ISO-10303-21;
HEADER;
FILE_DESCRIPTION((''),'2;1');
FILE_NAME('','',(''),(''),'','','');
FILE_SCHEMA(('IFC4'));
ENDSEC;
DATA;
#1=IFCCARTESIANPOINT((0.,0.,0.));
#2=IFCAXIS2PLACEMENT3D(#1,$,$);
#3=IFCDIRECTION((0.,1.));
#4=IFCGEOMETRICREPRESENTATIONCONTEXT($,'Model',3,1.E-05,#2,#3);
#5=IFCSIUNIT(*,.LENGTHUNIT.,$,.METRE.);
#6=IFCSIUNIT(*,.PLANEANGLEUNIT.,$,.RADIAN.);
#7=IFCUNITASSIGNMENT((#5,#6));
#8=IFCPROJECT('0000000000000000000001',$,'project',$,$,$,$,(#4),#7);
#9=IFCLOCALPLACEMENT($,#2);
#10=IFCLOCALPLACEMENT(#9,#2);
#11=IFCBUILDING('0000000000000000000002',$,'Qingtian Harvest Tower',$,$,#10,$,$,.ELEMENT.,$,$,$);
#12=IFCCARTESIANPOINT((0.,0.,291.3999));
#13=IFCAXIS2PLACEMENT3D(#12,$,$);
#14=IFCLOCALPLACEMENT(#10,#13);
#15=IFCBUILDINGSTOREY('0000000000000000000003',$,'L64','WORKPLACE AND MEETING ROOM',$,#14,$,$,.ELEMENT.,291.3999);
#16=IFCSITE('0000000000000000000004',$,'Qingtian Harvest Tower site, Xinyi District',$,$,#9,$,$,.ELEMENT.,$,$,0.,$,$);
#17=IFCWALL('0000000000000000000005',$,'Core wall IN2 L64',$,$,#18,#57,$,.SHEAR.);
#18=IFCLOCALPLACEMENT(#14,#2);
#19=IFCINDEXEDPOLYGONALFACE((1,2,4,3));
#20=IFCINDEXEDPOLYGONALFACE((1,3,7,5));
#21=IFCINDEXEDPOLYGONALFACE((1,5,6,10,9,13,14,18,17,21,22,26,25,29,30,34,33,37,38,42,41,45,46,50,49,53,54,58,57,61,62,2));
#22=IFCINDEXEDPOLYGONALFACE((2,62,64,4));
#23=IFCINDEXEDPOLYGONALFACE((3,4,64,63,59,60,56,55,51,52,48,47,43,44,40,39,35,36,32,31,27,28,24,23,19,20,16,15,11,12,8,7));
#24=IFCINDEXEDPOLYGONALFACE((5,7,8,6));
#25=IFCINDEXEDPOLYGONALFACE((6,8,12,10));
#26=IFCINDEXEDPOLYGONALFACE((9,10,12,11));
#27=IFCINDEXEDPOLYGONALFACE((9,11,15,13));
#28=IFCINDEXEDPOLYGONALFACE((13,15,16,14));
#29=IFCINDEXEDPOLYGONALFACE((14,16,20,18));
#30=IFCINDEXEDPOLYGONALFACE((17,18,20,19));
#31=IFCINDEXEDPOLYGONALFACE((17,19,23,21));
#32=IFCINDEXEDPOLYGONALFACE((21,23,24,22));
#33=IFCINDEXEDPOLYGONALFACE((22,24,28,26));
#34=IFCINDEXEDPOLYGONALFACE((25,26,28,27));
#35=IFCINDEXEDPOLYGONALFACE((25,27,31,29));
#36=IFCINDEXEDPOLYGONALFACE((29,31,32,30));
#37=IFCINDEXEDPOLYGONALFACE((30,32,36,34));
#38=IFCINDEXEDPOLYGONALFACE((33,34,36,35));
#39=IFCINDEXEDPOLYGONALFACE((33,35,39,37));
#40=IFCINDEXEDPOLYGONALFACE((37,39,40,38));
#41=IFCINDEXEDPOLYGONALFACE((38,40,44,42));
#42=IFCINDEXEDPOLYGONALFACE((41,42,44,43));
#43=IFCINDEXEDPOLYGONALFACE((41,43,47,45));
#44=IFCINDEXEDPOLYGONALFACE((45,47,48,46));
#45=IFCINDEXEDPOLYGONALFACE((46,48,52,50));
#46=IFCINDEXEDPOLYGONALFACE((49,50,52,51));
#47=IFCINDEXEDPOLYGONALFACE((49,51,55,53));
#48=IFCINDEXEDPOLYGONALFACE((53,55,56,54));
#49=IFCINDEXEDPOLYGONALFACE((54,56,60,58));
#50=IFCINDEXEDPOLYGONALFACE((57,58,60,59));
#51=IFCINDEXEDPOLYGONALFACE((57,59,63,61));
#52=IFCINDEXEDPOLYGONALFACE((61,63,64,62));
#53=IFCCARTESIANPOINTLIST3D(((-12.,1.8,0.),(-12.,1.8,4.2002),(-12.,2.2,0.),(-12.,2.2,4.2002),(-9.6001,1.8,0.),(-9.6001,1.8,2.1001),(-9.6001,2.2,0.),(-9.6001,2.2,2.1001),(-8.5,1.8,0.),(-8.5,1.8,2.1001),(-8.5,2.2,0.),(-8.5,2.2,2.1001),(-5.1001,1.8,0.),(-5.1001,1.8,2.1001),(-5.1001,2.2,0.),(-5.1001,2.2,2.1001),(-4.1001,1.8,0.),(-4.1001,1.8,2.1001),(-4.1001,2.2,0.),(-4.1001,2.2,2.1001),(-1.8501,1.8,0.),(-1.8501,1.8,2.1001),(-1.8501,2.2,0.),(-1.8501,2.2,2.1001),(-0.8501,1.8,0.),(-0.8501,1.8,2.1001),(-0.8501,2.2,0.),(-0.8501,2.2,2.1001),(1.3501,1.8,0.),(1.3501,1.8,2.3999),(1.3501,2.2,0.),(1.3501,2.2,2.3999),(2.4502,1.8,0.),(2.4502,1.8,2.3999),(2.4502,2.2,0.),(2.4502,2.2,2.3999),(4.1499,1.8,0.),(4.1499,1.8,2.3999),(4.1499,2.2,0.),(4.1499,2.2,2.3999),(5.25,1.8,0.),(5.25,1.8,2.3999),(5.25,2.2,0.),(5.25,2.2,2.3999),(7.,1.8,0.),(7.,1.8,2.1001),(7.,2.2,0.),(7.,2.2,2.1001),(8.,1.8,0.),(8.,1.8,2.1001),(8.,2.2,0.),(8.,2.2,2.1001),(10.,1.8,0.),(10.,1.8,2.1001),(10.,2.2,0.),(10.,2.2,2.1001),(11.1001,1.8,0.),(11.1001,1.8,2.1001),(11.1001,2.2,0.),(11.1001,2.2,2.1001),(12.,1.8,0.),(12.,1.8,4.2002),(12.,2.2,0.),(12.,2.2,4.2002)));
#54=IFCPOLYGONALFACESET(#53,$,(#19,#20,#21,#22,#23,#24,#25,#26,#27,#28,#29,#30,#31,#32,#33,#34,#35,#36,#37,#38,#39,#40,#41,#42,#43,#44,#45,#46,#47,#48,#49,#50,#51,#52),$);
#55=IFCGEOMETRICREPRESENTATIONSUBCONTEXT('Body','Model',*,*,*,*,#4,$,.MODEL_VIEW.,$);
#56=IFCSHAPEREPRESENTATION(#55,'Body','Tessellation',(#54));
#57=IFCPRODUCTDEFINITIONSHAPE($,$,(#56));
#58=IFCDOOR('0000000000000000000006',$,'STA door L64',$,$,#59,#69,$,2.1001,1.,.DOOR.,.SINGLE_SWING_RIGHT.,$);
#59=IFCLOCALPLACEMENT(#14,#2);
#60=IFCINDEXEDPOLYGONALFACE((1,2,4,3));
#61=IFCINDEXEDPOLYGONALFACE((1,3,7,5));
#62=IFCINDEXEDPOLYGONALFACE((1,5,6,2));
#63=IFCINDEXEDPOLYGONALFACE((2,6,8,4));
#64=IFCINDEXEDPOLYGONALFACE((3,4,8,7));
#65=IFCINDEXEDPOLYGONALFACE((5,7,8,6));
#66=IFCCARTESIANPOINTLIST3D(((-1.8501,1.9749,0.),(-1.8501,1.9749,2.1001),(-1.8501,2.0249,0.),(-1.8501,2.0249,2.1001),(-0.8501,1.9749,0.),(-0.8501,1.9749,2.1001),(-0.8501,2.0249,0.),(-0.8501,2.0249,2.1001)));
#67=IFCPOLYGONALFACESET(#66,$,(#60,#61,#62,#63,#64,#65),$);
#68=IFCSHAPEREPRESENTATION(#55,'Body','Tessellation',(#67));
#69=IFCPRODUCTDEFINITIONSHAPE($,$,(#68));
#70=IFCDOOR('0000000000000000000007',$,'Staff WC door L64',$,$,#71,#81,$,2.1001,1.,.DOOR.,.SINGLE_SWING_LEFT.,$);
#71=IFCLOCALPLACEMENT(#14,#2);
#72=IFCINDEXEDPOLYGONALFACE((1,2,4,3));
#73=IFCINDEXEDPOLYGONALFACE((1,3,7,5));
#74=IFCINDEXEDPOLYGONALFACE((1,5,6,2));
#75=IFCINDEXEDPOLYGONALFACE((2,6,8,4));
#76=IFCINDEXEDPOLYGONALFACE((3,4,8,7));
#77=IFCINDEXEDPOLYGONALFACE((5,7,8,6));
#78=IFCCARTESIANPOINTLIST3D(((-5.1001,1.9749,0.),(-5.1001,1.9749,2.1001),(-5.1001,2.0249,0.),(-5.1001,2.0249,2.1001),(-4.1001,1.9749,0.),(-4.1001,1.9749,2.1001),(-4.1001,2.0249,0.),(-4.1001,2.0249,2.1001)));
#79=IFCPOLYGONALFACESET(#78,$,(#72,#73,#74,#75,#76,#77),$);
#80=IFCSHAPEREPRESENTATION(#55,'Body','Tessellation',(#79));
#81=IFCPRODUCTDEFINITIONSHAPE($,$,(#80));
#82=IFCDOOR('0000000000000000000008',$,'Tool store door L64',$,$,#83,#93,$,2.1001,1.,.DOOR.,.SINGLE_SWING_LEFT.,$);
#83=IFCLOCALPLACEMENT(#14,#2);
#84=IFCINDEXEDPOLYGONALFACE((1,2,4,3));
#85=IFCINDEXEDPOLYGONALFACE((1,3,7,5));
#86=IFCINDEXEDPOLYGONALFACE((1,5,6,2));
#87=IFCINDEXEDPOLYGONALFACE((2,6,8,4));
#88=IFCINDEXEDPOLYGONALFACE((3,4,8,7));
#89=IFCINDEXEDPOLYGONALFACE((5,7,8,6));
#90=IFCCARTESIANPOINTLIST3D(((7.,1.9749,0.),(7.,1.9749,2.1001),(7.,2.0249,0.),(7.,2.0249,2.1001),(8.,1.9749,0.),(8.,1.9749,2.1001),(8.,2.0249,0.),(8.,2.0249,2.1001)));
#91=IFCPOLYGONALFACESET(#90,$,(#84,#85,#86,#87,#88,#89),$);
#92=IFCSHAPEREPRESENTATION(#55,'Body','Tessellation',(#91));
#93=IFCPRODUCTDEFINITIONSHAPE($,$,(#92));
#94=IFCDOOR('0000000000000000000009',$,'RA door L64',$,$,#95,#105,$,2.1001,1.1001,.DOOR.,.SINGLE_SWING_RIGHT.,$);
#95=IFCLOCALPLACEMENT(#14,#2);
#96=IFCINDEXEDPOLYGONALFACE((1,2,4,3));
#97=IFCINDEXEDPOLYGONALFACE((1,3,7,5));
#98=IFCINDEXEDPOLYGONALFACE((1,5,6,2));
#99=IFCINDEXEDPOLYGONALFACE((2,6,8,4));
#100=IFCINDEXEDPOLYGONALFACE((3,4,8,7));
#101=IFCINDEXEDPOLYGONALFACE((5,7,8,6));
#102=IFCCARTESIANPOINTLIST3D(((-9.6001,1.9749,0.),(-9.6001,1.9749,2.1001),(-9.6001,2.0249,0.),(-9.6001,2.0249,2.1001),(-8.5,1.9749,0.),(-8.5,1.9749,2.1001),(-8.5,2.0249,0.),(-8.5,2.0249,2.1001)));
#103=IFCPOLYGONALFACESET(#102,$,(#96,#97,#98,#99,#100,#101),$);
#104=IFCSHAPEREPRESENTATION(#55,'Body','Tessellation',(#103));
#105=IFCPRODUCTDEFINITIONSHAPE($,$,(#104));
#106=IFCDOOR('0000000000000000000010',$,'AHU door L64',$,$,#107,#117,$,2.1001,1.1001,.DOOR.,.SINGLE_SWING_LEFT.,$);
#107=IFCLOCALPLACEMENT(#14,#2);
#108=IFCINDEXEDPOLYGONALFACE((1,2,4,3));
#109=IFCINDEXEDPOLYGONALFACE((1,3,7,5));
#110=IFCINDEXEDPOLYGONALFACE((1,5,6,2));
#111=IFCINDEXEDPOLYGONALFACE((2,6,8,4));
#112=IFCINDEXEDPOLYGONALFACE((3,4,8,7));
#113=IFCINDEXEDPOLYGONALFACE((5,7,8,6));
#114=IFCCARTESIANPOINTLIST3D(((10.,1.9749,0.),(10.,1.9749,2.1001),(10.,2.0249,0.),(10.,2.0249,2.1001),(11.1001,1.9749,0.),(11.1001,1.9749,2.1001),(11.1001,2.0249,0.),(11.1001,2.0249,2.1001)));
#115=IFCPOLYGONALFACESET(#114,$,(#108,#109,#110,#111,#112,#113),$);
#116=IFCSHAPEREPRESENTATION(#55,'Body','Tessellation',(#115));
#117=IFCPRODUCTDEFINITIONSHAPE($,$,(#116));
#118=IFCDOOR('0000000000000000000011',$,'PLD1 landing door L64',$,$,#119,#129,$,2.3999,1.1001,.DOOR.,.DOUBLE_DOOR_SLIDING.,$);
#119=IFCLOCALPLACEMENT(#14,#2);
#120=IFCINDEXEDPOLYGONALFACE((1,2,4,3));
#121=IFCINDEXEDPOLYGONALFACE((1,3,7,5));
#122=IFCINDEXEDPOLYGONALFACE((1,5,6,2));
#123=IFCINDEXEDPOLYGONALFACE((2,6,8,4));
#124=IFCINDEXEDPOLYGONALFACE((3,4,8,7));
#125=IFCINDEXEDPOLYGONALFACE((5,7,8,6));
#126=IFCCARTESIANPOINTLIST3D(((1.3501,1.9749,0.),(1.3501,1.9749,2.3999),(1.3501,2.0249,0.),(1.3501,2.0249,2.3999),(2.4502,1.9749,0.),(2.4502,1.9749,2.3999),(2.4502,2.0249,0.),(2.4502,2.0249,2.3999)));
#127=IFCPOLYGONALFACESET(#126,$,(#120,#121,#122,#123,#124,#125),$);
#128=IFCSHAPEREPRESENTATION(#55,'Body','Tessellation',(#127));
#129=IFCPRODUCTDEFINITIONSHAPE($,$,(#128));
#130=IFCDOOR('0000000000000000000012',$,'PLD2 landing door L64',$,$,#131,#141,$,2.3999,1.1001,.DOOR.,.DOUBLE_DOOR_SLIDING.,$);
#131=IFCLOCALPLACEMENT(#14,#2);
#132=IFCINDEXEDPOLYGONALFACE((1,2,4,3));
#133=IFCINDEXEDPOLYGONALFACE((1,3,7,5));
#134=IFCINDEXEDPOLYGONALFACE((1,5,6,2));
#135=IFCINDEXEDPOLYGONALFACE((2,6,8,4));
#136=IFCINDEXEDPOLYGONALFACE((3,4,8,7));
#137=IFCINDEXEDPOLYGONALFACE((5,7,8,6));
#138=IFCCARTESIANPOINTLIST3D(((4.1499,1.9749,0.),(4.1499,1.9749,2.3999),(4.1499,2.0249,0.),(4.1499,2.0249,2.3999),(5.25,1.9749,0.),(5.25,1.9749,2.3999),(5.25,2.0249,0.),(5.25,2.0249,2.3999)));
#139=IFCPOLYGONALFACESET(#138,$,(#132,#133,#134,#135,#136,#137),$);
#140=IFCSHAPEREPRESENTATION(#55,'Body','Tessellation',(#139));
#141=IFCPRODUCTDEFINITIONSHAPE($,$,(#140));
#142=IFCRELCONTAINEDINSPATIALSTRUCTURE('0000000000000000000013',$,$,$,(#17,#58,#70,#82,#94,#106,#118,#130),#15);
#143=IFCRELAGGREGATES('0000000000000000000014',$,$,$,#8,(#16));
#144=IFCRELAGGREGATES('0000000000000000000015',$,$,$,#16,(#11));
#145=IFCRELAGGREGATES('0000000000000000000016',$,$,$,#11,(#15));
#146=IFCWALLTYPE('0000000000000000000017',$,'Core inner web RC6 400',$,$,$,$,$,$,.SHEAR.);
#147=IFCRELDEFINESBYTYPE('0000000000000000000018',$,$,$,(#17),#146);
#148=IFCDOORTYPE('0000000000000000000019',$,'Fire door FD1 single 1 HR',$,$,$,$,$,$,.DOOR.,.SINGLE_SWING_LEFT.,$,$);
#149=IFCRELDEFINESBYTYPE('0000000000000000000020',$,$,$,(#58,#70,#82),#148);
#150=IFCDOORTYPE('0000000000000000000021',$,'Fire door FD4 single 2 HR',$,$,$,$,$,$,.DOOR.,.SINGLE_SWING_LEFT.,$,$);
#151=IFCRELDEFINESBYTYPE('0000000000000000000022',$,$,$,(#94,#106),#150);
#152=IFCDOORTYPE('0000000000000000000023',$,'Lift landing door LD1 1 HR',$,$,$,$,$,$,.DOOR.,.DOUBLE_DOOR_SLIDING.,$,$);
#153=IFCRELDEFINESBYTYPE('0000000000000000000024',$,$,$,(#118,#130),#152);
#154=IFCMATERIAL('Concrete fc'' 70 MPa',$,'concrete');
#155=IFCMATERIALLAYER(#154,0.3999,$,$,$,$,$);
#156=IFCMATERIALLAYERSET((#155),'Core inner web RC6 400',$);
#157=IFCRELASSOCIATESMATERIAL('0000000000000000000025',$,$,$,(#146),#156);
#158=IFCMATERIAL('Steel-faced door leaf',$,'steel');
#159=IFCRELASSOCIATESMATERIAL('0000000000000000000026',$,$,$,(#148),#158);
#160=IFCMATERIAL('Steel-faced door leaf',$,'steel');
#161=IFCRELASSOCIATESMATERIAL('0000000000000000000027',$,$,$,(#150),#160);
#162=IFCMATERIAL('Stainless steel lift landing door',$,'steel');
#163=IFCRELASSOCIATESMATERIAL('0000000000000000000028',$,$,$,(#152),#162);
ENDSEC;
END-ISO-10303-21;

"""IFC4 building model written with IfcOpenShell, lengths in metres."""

from ifc_helpers import new_model, si_unit, direction, frame, frame_2d, origin, place, context, subcontext, project, spatial, rectangle, extrude, material, layer, layer_set, type_object, element, fill, save


model = new_model("IFC4")

# Units and contexts
model_context = context("Model", 3, precision=1e-05, world=origin(), true_north=direction((0.0, 1.0)))
body_context = subcontext(model_context, "Body", "Model", "MODEL_VIEW")
ifc_project = project(units=[si_unit("LENGTHUNIT", "METRE"), si_unit("PLANEANGLEUNIT", "RADIAN")], contexts=[model_context])

# Site, building, storey
site_placement = place(None, origin())
site = spatial("IfcSite", under=ifc_project, at=site_placement, Name="Qingtian Harvest Tower site, Xinyi District", CompositionType="ELEMENT", RefElevation=0.0)
building_placement = place(site_placement, origin())
building = spatial("IfcBuilding", under=site, at=building_placement, Name="Qingtian Harvest Tower", CompositionType="ELEMENT")
storey_placement = place(building_placement, frame((0.0, 0.0, 291.3999)))
storey = spatial("IfcBuildingStorey", under=building, at=storey_placement, Name="L64", Description="WORKPLACE AND MEETING ROOM", CompositionType="ELEMENT", Elevation=291.3999)

# Wall, openings, doors
ifc_material_1 = material(Name="Concrete fc' 70 MPa", Category="concrete")
ifc_layer_1 = layer(ifc_material_1, 0.3999)
ifc_layer_set_1 = layer_set([ifc_layer_1], Name="Core inner web RC6 400")
wall_type_1 = type_object("IfcWallType", Name="Core inner web RC6 400", PredefinedType="SHEAR", material=ifc_layer_set_1)
wall_1_placement = place(storey_placement, frame((-12.0, 2.0, 0.0), z_axis=(0.0, 0.0, 1.0), x_axis=(1.0, 0.0, 0.0)))
wall_1 = element("IfcWall", 1, at=wall_1_placement, inside=storey, type_object=wall_type_1, Name="Core wall IN2 L64", PredefinedType="SHEAR", context=body_context, shape_type="SweptSolid", body=[
    extrude(rectangle(XDim=24.0, YDim=0.3999, at=frame_2d((12.0, 0.0))), origin(), (0.0, 0.0, 1.0), 4.2002),
])
opening_1_placement = place(wall_1_placement, frame((2.3999, 0.0, 0.0)))
opening_1 = element("IfcOpeningElement", 2, at=opening_1_placement, cuts=wall_1, PredefinedType="OPENING", context=body_context, shape_type="SweptSolid", body=[
    extrude(rectangle(XDim=1.1001, YDim=2.1001, at=frame_2d((0.55, 1.05))), frame((0.0, 0.21, 0.0), z_axis=(0.0, -1.0, 0.0), x_axis=(1.0, 0.0, 0.0)), (0.0, 0.0, 1.0), 0.4199),
])
opening_2_placement = place(wall_1_placement, frame((22.0, 0.0, 0.0)))
opening_2 = element("IfcOpeningElement", 3, at=opening_2_placement, cuts=wall_1, PredefinedType="OPENING", context=body_context, shape_type="SweptSolid", body=[
    extrude(rectangle(XDim=1.1001, YDim=2.1001, at=frame_2d((0.55, 1.05))), frame((0.0, 0.21, 0.0), z_axis=(0.0, -1.0, 0.0), x_axis=(1.0, 0.0, 0.0)), (0.0, 0.0, 1.0), 0.4199),
])
opening_3_placement = place(wall_1_placement, frame((10.1499, 0.0, 0.0)))
opening_3 = element("IfcOpeningElement", 4, at=opening_3_placement, cuts=wall_1, PredefinedType="OPENING", context=body_context, shape_type="SweptSolid", body=[
    extrude(rectangle(XDim=1.0, YDim=2.1001, at=frame_2d((0.5, 1.05))), frame((0.0, 0.21, 0.0), z_axis=(0.0, -1.0, 0.0), x_axis=(1.0, 0.0, 0.0)), (0.0, 0.0, 1.0), 0.4199),
])
opening_4_placement = place(wall_1_placement, frame((6.8999, 0.0, 0.0)))
opening_4 = element("IfcOpeningElement", 5, at=opening_4_placement, cuts=wall_1, PredefinedType="OPENING", context=body_context, shape_type="SweptSolid", body=[
    extrude(rectangle(XDim=1.0, YDim=2.1001, at=frame_2d((0.5, 1.05))), frame((0.0, 0.21, 0.0), z_axis=(0.0, -1.0, 0.0), x_axis=(1.0, 0.0, 0.0)), (0.0, 0.0, 1.0), 0.4199),
])
opening_5_placement = place(wall_1_placement, frame((13.3501, 0.0, 0.0)))
opening_5 = element("IfcOpeningElement", 6, at=opening_5_placement, cuts=wall_1, PredefinedType="OPENING", context=body_context, shape_type="SweptSolid", body=[
    extrude(rectangle(XDim=1.1001, YDim=2.3999, at=frame_2d((0.55, 1.2))), frame((0.0, 0.21, 0.0), z_axis=(0.0, -1.0, 0.0), x_axis=(1.0, 0.0, 0.0)), (0.0, 0.0, 1.0), 0.4199),
])
opening_6_placement = place(wall_1_placement, frame((16.1499, 0.0, 0.0)))
opening_6 = element("IfcOpeningElement", 7, at=opening_6_placement, cuts=wall_1, PredefinedType="OPENING", context=body_context, shape_type="SweptSolid", body=[
    extrude(rectangle(XDim=1.1001, YDim=2.3999, at=frame_2d((0.55, 1.2))), frame((0.0, 0.21, 0.0), z_axis=(0.0, -1.0, 0.0), x_axis=(1.0, 0.0, 0.0)), (0.0, 0.0, 1.0), 0.4199),
])
opening_7_placement = place(wall_1_placement, frame((19.0, 0.0, 0.0)))
opening_7 = element("IfcOpeningElement", 8, at=opening_7_placement, cuts=wall_1, PredefinedType="OPENING", context=body_context, shape_type="SweptSolid", body=[
    extrude(rectangle(XDim=1.0, YDim=2.1001, at=frame_2d((0.5, 1.05))), frame((0.0, 0.21, 0.0), z_axis=(0.0, -1.0, 0.0), x_axis=(1.0, 0.0, 0.0)), (0.0, 0.0, 1.0), 0.4199),
])
ifc_material_2 = material(Name="Steel-faced door leaf", Category="steel")
door_type_1 = type_object("IfcDoorType", Name="Fire door FD1 single 1 HR", OperationType="SINGLE_SWING_LEFT", PredefinedType="DOOR", material=ifc_material_2)
door_1_placement = place(opening_3_placement, origin())
door_1 = element("IfcDoor", 9, at=door_1_placement, inside=storey, type_object=door_type_1, Name="STA door L64", OperationType="SINGLE_SWING_RIGHT", OverallHeight=2.1001, OverallWidth=1.0, PredefinedType="DOOR", context=body_context, shape_type="SweptSolid", body=[
    extrude(rectangle(XDim=1.0, YDim=2.1001, at=frame_2d((0.5, 1.05))), frame((0.0, 0.0249, 0.0), z_axis=(0.0, -1.0, 0.0), x_axis=(1.0, 0.0, 0.0)), (0.0, 0.0, 1.0), 0.05),
])
fill(opening_3, door_1)
door_2_placement = place(opening_4_placement, origin())
door_2 = element("IfcDoor", 10, at=door_2_placement, inside=storey, type_object=door_type_1, Name="Staff WC door L64", OperationType="SINGLE_SWING_LEFT", OverallHeight=2.1001, OverallWidth=1.0, PredefinedType="DOOR", context=body_context, shape_type="SweptSolid", body=[
    extrude(rectangle(XDim=1.0, YDim=2.1001, at=frame_2d((0.5, 1.05))), frame((0.0, 0.0249, 0.0), z_axis=(0.0, -1.0, 0.0), x_axis=(1.0, 0.0, 0.0)), (0.0, 0.0, 1.0), 0.05),
])
fill(opening_4, door_2)
door_3_placement = place(opening_7_placement, origin())
door_3 = element("IfcDoor", 11, at=door_3_placement, inside=storey, type_object=door_type_1, Name="Tool store door L64", OperationType="SINGLE_SWING_LEFT", OverallHeight=2.1001, OverallWidth=1.0, PredefinedType="DOOR", context=body_context, shape_type="SweptSolid", body=[
    extrude(rectangle(XDim=1.0, YDim=2.1001, at=frame_2d((0.5, 1.05))), frame((0.0, 0.0249, 0.0), z_axis=(0.0, -1.0, 0.0), x_axis=(1.0, 0.0, 0.0)), (0.0, 0.0, 1.0), 0.05),
])
fill(opening_7, door_3)
ifc_material_3 = material(Name="Steel-faced door leaf", Category="steel")
door_type_2 = type_object("IfcDoorType", Name="Fire door FD4 single 2 HR", OperationType="SINGLE_SWING_LEFT", PredefinedType="DOOR", material=ifc_material_3)
door_4_placement = place(opening_1_placement, origin())
door_4 = element("IfcDoor", 12, at=door_4_placement, inside=storey, type_object=door_type_2, Name="RA door L64", OperationType="SINGLE_SWING_RIGHT", OverallHeight=2.1001, OverallWidth=1.1001, PredefinedType="DOOR", context=body_context, shape_type="SweptSolid", body=[
    extrude(rectangle(XDim=1.1001, YDim=2.1001, at=frame_2d((0.55, 1.05))), frame((0.0, 0.0249, 0.0), z_axis=(0.0, -1.0, 0.0), x_axis=(1.0, 0.0, 0.0)), (0.0, 0.0, 1.0), 0.05),
])
fill(opening_1, door_4)
door_5_placement = place(opening_2_placement, origin())
door_5 = element("IfcDoor", 13, at=door_5_placement, inside=storey, type_object=door_type_2, Name="AHU door L64", OperationType="SINGLE_SWING_LEFT", OverallHeight=2.1001, OverallWidth=1.1001, PredefinedType="DOOR", context=body_context, shape_type="SweptSolid", body=[
    extrude(rectangle(XDim=1.1001, YDim=2.1001, at=frame_2d((0.55, 1.05))), frame((0.0, 0.0249, 0.0), z_axis=(0.0, -1.0, 0.0), x_axis=(1.0, 0.0, 0.0)), (0.0, 0.0, 1.0), 0.05),
])
fill(opening_2, door_5)
ifc_material_4 = material(Name="Stainless steel lift landing door", Category="steel")
door_type_3 = type_object("IfcDoorType", Name="Lift landing door LD1 1 HR", OperationType="DOUBLE_DOOR_SLIDING", PredefinedType="DOOR", material=ifc_material_4)
door_6_placement = place(opening_5_placement, origin())
door_6 = element("IfcDoor", 14, at=door_6_placement, inside=storey, type_object=door_type_3, Name="PLD1 landing door L64", OperationType="DOUBLE_DOOR_SLIDING", OverallHeight=2.3999, OverallWidth=1.1001, PredefinedType="DOOR", context=body_context, shape_type="SweptSolid", body=[
    extrude(rectangle(XDim=1.1001, YDim=2.3999, at=frame_2d((0.55, 1.2))), frame((0.0, 0.0249, 0.0), z_axis=(0.0, -1.0, 0.0), x_axis=(1.0, 0.0, 0.0)), (0.0, 0.0, 1.0), 0.05),
])
fill(opening_5, door_6)
door_7_placement = place(opening_6_placement, origin())
door_7 = element("IfcDoor", 15, at=door_7_placement, inside=storey, type_object=door_type_3, Name="PLD2 landing door L64", OperationType="DOUBLE_DOOR_SLIDING", OverallHeight=2.3999, OverallWidth=1.1001, PredefinedType="DOOR", context=body_context, shape_type="SweptSolid", body=[
    extrude(rectangle(XDim=1.1001, YDim=2.3999, at=frame_2d((0.55, 1.2))), frame((0.0, 0.0249, 0.0), z_axis=(0.0, -1.0, 0.0), x_axis=(1.0, 0.0, 0.0)), (0.0, 0.0, 1.0), 0.05),
])
fill(opening_6, door_7)

save(model, "model.ifc")
